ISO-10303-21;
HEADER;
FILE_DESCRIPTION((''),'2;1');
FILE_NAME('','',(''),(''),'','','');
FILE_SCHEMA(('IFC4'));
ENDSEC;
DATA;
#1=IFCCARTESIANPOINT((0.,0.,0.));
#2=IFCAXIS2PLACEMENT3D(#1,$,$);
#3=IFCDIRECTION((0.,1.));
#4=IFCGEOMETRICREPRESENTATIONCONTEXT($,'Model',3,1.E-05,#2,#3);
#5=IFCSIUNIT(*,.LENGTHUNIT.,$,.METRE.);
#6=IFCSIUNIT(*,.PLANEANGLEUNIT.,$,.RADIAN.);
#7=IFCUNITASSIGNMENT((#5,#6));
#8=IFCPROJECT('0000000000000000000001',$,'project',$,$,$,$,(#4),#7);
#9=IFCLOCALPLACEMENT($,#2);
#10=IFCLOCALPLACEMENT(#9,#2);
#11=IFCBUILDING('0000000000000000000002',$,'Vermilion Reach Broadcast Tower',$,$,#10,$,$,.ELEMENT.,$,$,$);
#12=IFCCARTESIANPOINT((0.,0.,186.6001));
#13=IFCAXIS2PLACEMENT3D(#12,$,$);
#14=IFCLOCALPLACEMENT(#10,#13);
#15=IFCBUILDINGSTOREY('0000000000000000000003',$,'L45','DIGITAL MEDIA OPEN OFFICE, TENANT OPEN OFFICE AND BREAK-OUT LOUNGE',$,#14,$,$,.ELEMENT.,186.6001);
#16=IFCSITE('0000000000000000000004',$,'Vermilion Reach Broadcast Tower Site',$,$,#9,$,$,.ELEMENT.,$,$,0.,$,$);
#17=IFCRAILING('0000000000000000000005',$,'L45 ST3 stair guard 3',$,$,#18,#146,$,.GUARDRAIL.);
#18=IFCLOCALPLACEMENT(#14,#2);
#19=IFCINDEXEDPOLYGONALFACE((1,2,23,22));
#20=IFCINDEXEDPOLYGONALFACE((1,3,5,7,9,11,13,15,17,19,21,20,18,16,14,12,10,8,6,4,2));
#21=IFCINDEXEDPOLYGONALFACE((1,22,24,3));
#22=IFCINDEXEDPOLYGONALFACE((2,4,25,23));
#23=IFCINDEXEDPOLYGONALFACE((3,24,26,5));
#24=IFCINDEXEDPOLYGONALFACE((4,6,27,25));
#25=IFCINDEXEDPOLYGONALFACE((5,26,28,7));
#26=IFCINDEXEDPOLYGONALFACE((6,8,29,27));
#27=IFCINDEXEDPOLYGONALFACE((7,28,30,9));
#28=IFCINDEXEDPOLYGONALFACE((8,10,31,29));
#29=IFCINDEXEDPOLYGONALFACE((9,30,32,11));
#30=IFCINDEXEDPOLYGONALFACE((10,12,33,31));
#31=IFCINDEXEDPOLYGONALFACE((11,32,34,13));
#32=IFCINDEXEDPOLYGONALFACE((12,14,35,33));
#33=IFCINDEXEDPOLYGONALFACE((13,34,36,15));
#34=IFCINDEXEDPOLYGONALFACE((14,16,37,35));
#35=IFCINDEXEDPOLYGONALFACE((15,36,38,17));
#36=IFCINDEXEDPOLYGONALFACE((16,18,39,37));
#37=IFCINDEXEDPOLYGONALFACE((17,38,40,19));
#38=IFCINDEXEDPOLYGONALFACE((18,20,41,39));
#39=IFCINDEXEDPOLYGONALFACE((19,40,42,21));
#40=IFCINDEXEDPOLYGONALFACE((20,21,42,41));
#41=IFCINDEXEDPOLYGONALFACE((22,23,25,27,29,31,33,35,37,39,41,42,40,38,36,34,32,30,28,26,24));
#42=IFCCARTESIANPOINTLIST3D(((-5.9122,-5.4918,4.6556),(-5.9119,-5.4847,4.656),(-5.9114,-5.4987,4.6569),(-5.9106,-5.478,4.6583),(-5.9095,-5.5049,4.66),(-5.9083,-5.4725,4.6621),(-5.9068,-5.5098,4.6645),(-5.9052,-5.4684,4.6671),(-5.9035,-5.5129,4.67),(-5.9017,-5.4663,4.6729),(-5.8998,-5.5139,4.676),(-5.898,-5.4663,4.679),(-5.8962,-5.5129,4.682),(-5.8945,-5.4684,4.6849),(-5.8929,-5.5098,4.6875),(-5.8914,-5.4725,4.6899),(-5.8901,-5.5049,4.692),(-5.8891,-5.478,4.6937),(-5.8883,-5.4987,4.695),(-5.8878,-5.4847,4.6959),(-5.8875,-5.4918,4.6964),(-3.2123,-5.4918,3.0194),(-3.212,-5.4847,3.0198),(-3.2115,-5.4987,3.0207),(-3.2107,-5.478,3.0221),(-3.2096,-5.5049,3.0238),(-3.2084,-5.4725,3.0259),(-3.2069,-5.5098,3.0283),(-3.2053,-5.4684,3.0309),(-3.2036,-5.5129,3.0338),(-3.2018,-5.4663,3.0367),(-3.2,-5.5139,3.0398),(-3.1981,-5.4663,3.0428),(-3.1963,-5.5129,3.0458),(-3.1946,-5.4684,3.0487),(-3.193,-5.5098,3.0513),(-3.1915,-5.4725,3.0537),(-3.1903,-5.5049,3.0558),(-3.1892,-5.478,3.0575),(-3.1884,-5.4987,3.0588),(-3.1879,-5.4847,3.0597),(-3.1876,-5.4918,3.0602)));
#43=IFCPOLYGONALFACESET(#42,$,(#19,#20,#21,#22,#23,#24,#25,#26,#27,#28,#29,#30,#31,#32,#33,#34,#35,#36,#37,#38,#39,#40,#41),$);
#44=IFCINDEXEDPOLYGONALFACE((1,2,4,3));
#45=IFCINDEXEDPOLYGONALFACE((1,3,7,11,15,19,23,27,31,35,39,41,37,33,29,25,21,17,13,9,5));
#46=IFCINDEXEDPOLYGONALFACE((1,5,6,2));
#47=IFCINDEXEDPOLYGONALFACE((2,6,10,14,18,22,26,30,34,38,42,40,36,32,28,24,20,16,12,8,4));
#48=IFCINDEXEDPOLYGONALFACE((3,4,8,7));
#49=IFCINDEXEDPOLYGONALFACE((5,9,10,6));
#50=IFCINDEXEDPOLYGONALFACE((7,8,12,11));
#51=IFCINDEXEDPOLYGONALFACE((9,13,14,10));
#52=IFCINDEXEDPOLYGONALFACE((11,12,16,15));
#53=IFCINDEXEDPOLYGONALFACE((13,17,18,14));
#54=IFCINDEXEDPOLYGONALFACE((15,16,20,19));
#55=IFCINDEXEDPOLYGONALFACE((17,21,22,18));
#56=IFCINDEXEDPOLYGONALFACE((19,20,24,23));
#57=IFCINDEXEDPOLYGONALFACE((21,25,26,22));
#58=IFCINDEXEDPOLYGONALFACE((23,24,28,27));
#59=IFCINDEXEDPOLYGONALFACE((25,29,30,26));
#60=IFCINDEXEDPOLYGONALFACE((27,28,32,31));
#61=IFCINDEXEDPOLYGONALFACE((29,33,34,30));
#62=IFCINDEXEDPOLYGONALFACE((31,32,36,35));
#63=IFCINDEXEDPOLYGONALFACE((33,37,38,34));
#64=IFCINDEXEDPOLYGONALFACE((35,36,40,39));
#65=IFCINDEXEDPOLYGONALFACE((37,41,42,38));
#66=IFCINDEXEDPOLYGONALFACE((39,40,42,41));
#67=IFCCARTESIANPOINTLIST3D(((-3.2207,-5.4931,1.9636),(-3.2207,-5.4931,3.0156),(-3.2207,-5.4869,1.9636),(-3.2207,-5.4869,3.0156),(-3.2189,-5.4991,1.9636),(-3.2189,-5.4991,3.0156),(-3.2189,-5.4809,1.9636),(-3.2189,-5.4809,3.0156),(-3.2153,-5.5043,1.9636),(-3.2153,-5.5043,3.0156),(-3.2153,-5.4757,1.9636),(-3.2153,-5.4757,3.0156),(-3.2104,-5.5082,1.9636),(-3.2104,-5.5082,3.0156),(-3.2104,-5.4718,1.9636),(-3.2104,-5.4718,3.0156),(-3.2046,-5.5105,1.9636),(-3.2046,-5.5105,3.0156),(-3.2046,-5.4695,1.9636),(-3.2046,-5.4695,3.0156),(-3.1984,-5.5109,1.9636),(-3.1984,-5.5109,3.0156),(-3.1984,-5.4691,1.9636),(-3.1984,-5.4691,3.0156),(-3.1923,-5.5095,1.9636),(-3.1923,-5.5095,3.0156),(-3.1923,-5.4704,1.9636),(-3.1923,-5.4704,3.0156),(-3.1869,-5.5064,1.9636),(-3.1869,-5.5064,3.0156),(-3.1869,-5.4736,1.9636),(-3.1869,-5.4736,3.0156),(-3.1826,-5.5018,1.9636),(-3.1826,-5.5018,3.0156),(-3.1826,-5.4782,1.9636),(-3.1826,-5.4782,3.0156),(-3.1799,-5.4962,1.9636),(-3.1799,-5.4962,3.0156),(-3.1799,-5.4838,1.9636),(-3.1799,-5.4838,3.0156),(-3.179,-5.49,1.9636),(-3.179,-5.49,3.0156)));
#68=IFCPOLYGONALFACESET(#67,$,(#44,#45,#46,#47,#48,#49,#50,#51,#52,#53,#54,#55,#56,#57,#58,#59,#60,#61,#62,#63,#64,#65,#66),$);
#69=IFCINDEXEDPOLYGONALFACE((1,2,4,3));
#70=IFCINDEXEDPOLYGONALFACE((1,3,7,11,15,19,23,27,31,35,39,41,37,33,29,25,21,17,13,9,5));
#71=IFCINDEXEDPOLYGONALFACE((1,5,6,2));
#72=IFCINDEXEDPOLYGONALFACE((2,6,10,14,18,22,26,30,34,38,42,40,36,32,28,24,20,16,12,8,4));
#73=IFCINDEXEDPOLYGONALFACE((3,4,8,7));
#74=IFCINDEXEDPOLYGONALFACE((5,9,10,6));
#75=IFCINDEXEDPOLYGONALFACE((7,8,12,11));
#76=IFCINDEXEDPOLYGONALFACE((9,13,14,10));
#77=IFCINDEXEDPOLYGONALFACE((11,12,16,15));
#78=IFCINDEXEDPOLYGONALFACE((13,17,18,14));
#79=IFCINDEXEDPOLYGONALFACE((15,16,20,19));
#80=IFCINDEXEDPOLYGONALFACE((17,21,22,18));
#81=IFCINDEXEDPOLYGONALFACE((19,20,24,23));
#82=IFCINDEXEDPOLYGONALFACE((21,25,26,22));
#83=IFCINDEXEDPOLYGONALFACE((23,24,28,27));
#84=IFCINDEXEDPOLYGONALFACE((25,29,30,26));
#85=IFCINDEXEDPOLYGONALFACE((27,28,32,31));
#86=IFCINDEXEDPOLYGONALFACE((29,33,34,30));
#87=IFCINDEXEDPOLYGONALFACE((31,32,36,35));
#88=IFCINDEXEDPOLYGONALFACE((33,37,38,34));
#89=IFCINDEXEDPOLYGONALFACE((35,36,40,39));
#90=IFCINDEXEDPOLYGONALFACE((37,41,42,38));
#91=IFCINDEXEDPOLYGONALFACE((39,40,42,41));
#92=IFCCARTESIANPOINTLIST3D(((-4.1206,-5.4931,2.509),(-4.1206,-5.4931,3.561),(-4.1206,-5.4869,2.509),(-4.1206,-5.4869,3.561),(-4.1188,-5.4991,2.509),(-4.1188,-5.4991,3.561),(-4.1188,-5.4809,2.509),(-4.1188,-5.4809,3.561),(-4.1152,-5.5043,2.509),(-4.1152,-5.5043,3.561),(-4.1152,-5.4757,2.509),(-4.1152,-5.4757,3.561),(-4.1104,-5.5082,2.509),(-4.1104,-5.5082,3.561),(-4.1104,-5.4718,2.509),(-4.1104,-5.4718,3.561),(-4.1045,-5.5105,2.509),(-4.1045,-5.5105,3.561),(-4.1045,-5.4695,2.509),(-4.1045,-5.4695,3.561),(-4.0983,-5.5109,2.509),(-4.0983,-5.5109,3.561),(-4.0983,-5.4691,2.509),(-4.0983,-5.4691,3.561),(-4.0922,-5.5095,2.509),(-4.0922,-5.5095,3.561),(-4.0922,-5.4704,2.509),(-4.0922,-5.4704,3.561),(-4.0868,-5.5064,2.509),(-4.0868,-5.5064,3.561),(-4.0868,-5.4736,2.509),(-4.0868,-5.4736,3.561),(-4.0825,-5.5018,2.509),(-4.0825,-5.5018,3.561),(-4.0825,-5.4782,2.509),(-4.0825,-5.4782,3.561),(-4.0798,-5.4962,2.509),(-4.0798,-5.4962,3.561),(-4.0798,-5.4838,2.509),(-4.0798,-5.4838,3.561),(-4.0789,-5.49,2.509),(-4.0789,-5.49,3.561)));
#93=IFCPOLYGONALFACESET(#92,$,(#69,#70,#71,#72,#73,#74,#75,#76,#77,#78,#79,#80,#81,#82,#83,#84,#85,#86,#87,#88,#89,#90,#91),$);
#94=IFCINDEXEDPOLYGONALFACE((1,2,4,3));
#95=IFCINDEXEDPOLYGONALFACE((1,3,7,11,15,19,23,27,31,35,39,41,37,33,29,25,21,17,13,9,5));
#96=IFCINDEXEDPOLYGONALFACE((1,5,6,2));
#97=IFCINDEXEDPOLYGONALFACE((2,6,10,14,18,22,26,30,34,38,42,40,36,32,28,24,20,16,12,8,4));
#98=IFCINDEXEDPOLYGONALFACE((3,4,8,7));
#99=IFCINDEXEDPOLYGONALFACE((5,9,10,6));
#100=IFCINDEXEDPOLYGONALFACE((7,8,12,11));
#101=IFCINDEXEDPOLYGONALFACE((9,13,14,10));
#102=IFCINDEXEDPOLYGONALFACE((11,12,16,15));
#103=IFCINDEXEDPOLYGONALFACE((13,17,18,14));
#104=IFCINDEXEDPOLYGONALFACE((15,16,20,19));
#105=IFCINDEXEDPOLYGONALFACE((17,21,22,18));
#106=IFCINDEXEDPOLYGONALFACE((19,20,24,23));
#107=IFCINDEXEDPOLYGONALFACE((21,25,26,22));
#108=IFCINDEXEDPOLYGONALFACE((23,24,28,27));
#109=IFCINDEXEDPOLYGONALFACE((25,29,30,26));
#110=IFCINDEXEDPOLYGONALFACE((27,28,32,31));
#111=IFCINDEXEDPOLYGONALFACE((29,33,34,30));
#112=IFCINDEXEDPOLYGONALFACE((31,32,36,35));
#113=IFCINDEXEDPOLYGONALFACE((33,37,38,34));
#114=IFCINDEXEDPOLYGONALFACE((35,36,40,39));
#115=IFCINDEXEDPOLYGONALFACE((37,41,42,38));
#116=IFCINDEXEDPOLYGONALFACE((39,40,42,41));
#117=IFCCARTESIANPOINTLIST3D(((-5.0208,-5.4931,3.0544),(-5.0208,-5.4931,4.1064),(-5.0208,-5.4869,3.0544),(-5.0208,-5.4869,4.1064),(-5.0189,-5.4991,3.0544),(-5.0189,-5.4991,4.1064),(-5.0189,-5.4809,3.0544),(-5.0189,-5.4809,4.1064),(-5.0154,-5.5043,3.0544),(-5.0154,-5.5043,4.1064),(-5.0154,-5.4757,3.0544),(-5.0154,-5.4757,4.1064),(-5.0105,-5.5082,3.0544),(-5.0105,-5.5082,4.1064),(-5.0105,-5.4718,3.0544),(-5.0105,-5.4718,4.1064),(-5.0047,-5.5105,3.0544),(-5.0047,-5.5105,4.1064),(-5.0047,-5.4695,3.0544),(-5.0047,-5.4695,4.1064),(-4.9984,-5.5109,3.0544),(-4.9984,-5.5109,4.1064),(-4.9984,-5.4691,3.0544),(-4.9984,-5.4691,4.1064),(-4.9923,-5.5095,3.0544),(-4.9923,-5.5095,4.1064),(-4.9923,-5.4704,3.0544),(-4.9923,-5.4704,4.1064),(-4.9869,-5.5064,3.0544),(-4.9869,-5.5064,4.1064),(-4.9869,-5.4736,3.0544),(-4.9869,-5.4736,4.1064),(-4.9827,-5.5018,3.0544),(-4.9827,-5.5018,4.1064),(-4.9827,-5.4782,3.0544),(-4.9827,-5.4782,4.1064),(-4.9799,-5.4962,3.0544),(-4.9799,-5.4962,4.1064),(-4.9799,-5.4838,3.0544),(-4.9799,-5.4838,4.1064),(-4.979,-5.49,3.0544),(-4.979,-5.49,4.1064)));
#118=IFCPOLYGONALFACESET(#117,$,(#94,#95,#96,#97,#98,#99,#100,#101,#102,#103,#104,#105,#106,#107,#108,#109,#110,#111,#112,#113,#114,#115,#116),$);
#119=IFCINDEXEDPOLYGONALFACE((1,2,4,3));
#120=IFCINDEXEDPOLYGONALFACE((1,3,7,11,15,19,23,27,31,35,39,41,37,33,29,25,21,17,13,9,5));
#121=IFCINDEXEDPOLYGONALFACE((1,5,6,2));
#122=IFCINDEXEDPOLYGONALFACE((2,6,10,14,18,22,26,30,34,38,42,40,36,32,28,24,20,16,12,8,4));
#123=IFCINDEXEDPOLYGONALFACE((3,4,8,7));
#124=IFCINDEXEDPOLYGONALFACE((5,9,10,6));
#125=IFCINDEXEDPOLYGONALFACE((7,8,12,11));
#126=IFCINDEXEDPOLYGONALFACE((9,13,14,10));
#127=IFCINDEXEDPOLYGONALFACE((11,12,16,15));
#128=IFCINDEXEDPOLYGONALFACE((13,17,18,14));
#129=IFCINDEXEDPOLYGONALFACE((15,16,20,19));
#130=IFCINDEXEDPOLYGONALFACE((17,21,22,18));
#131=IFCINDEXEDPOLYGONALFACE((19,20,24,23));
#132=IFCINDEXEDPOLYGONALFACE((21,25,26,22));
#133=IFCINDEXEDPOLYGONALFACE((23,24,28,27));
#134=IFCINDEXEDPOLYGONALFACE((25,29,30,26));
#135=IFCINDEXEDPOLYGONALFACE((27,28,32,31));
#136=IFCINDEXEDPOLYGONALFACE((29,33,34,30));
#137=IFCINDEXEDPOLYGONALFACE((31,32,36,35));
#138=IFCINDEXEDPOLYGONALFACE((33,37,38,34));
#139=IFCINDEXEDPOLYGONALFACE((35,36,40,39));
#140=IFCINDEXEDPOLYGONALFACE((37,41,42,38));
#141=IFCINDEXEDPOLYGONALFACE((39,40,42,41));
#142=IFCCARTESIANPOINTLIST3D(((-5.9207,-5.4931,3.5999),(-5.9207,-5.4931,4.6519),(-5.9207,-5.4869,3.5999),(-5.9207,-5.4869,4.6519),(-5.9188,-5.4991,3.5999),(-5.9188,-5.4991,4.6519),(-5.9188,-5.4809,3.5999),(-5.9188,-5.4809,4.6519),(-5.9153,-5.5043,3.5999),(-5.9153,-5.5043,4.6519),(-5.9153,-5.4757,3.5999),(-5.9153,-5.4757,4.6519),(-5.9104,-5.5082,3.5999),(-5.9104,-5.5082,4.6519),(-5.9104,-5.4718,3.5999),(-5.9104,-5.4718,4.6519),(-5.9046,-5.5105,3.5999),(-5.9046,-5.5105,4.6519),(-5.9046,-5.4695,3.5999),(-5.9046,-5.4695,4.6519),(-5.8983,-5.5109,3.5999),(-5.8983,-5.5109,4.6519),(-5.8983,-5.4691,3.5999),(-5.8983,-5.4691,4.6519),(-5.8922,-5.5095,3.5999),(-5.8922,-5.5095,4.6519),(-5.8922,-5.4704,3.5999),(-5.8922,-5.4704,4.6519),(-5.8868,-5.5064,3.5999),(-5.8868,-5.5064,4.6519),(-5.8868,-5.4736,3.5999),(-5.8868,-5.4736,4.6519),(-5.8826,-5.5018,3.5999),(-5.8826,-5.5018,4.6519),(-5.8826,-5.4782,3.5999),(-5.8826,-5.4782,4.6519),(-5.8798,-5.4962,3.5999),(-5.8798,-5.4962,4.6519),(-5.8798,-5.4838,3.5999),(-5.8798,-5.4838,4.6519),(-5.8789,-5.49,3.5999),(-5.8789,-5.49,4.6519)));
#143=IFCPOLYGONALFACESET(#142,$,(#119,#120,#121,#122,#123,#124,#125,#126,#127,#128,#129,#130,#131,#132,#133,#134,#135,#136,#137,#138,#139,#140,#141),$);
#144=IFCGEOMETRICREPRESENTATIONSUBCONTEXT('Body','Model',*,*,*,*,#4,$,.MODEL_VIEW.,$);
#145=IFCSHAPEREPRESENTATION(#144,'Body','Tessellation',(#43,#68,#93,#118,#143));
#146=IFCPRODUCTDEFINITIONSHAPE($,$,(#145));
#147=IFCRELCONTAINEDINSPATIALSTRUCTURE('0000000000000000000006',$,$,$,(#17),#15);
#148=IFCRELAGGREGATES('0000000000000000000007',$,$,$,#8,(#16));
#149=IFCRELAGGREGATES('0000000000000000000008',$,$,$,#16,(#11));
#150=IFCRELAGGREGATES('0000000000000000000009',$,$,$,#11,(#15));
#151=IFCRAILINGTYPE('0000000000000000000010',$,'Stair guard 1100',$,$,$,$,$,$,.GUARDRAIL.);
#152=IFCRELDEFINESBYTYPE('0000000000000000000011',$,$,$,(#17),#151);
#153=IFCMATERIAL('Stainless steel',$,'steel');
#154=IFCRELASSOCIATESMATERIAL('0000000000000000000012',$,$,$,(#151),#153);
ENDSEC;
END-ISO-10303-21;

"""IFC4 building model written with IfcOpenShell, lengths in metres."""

from ifc_helpers import new_model, si_unit, direction, frame, origin, origin_2d, place, context, subcontext, project, spatial, circle, extrude, material, type_object, element, save


model = new_model("IFC4")

# Units and contexts
model_context = context("Model", 3, precision=1e-05, world=origin(), true_north=direction((0.0, 1.0)))
body_context = subcontext(model_context, "Body", "Model", "MODEL_VIEW")
ifc_project = project(units=[si_unit("LENGTHUNIT", "METRE"), si_unit("PLANEANGLEUNIT", "RADIAN")], contexts=[model_context])

# Site, building, storey
site_placement = place(None, origin())
site = spatial("IfcSite", under=ifc_project, at=site_placement, Name="Vermilion Reach Broadcast Tower Site", CompositionType="ELEMENT", RefElevation=0.0)
building_placement = place(site_placement, origin())
building = spatial("IfcBuilding", under=site, at=building_placement, Name="Vermilion Reach Broadcast Tower", CompositionType="ELEMENT")
storey_placement = place(building_placement, frame((0.0, 0.0, 186.6001)))
storey = spatial("IfcBuildingStorey", under=building, at=storey_placement, Name="L45", Description="DIGITAL MEDIA OPEN OFFICE, TENANT OPEN OFFICE AND BREAK-OUT LOUNGE", CompositionType="ELEMENT", Elevation=186.6001)

# Railing
ifc_material_1 = material(Name="Stainless steel", Category="steel")
railing_type_1 = type_object("IfcRailingType", Name="Stair guard 1100", PredefinedType="GUARDRAIL", material=ifc_material_1)
railing_1_placement = place(storey_placement, frame((-3.2, -5.49, 1.9636)))
element("IfcRailing", 1, at=railing_1_placement, inside=storey, type_object=railing_type_1, Name="L45 ST3 stair guard 3", PredefinedType="GUARDRAIL", context=body_context, shape_type="SweptSolid", body=[
    extrude(circle(Radius=0.0239, at=origin_2d()), frame((0.0, 0.0, 1.0762), z_axis=(-0.855212, 0.0, 0.518278), x_axis=(0.0, -1.0, 0.0)), (0.0, 0.0, 1.0), 3.157),
    extrude(circle(Radius=0.021, at=origin_2d()), origin(), (0.0, 0.0, 1.0), 1.052),
    extrude(circle(Radius=0.021, at=origin_2d()), frame((-0.8999, 0.0, 0.5454)), (0.0, 0.0, 1.0), 1.052),
    extrude(circle(Radius=0.021, at=origin_2d()), frame((-1.8, 0.0, 1.0908)), (0.0, 0.0, 1.0), 1.052),
    extrude(circle(Radius=0.021, at=origin_2d()), frame((-2.7, 0.0, 1.6362)), (0.0, 0.0, 1.0), 1.052),
])

save(model, "model.ifc")
